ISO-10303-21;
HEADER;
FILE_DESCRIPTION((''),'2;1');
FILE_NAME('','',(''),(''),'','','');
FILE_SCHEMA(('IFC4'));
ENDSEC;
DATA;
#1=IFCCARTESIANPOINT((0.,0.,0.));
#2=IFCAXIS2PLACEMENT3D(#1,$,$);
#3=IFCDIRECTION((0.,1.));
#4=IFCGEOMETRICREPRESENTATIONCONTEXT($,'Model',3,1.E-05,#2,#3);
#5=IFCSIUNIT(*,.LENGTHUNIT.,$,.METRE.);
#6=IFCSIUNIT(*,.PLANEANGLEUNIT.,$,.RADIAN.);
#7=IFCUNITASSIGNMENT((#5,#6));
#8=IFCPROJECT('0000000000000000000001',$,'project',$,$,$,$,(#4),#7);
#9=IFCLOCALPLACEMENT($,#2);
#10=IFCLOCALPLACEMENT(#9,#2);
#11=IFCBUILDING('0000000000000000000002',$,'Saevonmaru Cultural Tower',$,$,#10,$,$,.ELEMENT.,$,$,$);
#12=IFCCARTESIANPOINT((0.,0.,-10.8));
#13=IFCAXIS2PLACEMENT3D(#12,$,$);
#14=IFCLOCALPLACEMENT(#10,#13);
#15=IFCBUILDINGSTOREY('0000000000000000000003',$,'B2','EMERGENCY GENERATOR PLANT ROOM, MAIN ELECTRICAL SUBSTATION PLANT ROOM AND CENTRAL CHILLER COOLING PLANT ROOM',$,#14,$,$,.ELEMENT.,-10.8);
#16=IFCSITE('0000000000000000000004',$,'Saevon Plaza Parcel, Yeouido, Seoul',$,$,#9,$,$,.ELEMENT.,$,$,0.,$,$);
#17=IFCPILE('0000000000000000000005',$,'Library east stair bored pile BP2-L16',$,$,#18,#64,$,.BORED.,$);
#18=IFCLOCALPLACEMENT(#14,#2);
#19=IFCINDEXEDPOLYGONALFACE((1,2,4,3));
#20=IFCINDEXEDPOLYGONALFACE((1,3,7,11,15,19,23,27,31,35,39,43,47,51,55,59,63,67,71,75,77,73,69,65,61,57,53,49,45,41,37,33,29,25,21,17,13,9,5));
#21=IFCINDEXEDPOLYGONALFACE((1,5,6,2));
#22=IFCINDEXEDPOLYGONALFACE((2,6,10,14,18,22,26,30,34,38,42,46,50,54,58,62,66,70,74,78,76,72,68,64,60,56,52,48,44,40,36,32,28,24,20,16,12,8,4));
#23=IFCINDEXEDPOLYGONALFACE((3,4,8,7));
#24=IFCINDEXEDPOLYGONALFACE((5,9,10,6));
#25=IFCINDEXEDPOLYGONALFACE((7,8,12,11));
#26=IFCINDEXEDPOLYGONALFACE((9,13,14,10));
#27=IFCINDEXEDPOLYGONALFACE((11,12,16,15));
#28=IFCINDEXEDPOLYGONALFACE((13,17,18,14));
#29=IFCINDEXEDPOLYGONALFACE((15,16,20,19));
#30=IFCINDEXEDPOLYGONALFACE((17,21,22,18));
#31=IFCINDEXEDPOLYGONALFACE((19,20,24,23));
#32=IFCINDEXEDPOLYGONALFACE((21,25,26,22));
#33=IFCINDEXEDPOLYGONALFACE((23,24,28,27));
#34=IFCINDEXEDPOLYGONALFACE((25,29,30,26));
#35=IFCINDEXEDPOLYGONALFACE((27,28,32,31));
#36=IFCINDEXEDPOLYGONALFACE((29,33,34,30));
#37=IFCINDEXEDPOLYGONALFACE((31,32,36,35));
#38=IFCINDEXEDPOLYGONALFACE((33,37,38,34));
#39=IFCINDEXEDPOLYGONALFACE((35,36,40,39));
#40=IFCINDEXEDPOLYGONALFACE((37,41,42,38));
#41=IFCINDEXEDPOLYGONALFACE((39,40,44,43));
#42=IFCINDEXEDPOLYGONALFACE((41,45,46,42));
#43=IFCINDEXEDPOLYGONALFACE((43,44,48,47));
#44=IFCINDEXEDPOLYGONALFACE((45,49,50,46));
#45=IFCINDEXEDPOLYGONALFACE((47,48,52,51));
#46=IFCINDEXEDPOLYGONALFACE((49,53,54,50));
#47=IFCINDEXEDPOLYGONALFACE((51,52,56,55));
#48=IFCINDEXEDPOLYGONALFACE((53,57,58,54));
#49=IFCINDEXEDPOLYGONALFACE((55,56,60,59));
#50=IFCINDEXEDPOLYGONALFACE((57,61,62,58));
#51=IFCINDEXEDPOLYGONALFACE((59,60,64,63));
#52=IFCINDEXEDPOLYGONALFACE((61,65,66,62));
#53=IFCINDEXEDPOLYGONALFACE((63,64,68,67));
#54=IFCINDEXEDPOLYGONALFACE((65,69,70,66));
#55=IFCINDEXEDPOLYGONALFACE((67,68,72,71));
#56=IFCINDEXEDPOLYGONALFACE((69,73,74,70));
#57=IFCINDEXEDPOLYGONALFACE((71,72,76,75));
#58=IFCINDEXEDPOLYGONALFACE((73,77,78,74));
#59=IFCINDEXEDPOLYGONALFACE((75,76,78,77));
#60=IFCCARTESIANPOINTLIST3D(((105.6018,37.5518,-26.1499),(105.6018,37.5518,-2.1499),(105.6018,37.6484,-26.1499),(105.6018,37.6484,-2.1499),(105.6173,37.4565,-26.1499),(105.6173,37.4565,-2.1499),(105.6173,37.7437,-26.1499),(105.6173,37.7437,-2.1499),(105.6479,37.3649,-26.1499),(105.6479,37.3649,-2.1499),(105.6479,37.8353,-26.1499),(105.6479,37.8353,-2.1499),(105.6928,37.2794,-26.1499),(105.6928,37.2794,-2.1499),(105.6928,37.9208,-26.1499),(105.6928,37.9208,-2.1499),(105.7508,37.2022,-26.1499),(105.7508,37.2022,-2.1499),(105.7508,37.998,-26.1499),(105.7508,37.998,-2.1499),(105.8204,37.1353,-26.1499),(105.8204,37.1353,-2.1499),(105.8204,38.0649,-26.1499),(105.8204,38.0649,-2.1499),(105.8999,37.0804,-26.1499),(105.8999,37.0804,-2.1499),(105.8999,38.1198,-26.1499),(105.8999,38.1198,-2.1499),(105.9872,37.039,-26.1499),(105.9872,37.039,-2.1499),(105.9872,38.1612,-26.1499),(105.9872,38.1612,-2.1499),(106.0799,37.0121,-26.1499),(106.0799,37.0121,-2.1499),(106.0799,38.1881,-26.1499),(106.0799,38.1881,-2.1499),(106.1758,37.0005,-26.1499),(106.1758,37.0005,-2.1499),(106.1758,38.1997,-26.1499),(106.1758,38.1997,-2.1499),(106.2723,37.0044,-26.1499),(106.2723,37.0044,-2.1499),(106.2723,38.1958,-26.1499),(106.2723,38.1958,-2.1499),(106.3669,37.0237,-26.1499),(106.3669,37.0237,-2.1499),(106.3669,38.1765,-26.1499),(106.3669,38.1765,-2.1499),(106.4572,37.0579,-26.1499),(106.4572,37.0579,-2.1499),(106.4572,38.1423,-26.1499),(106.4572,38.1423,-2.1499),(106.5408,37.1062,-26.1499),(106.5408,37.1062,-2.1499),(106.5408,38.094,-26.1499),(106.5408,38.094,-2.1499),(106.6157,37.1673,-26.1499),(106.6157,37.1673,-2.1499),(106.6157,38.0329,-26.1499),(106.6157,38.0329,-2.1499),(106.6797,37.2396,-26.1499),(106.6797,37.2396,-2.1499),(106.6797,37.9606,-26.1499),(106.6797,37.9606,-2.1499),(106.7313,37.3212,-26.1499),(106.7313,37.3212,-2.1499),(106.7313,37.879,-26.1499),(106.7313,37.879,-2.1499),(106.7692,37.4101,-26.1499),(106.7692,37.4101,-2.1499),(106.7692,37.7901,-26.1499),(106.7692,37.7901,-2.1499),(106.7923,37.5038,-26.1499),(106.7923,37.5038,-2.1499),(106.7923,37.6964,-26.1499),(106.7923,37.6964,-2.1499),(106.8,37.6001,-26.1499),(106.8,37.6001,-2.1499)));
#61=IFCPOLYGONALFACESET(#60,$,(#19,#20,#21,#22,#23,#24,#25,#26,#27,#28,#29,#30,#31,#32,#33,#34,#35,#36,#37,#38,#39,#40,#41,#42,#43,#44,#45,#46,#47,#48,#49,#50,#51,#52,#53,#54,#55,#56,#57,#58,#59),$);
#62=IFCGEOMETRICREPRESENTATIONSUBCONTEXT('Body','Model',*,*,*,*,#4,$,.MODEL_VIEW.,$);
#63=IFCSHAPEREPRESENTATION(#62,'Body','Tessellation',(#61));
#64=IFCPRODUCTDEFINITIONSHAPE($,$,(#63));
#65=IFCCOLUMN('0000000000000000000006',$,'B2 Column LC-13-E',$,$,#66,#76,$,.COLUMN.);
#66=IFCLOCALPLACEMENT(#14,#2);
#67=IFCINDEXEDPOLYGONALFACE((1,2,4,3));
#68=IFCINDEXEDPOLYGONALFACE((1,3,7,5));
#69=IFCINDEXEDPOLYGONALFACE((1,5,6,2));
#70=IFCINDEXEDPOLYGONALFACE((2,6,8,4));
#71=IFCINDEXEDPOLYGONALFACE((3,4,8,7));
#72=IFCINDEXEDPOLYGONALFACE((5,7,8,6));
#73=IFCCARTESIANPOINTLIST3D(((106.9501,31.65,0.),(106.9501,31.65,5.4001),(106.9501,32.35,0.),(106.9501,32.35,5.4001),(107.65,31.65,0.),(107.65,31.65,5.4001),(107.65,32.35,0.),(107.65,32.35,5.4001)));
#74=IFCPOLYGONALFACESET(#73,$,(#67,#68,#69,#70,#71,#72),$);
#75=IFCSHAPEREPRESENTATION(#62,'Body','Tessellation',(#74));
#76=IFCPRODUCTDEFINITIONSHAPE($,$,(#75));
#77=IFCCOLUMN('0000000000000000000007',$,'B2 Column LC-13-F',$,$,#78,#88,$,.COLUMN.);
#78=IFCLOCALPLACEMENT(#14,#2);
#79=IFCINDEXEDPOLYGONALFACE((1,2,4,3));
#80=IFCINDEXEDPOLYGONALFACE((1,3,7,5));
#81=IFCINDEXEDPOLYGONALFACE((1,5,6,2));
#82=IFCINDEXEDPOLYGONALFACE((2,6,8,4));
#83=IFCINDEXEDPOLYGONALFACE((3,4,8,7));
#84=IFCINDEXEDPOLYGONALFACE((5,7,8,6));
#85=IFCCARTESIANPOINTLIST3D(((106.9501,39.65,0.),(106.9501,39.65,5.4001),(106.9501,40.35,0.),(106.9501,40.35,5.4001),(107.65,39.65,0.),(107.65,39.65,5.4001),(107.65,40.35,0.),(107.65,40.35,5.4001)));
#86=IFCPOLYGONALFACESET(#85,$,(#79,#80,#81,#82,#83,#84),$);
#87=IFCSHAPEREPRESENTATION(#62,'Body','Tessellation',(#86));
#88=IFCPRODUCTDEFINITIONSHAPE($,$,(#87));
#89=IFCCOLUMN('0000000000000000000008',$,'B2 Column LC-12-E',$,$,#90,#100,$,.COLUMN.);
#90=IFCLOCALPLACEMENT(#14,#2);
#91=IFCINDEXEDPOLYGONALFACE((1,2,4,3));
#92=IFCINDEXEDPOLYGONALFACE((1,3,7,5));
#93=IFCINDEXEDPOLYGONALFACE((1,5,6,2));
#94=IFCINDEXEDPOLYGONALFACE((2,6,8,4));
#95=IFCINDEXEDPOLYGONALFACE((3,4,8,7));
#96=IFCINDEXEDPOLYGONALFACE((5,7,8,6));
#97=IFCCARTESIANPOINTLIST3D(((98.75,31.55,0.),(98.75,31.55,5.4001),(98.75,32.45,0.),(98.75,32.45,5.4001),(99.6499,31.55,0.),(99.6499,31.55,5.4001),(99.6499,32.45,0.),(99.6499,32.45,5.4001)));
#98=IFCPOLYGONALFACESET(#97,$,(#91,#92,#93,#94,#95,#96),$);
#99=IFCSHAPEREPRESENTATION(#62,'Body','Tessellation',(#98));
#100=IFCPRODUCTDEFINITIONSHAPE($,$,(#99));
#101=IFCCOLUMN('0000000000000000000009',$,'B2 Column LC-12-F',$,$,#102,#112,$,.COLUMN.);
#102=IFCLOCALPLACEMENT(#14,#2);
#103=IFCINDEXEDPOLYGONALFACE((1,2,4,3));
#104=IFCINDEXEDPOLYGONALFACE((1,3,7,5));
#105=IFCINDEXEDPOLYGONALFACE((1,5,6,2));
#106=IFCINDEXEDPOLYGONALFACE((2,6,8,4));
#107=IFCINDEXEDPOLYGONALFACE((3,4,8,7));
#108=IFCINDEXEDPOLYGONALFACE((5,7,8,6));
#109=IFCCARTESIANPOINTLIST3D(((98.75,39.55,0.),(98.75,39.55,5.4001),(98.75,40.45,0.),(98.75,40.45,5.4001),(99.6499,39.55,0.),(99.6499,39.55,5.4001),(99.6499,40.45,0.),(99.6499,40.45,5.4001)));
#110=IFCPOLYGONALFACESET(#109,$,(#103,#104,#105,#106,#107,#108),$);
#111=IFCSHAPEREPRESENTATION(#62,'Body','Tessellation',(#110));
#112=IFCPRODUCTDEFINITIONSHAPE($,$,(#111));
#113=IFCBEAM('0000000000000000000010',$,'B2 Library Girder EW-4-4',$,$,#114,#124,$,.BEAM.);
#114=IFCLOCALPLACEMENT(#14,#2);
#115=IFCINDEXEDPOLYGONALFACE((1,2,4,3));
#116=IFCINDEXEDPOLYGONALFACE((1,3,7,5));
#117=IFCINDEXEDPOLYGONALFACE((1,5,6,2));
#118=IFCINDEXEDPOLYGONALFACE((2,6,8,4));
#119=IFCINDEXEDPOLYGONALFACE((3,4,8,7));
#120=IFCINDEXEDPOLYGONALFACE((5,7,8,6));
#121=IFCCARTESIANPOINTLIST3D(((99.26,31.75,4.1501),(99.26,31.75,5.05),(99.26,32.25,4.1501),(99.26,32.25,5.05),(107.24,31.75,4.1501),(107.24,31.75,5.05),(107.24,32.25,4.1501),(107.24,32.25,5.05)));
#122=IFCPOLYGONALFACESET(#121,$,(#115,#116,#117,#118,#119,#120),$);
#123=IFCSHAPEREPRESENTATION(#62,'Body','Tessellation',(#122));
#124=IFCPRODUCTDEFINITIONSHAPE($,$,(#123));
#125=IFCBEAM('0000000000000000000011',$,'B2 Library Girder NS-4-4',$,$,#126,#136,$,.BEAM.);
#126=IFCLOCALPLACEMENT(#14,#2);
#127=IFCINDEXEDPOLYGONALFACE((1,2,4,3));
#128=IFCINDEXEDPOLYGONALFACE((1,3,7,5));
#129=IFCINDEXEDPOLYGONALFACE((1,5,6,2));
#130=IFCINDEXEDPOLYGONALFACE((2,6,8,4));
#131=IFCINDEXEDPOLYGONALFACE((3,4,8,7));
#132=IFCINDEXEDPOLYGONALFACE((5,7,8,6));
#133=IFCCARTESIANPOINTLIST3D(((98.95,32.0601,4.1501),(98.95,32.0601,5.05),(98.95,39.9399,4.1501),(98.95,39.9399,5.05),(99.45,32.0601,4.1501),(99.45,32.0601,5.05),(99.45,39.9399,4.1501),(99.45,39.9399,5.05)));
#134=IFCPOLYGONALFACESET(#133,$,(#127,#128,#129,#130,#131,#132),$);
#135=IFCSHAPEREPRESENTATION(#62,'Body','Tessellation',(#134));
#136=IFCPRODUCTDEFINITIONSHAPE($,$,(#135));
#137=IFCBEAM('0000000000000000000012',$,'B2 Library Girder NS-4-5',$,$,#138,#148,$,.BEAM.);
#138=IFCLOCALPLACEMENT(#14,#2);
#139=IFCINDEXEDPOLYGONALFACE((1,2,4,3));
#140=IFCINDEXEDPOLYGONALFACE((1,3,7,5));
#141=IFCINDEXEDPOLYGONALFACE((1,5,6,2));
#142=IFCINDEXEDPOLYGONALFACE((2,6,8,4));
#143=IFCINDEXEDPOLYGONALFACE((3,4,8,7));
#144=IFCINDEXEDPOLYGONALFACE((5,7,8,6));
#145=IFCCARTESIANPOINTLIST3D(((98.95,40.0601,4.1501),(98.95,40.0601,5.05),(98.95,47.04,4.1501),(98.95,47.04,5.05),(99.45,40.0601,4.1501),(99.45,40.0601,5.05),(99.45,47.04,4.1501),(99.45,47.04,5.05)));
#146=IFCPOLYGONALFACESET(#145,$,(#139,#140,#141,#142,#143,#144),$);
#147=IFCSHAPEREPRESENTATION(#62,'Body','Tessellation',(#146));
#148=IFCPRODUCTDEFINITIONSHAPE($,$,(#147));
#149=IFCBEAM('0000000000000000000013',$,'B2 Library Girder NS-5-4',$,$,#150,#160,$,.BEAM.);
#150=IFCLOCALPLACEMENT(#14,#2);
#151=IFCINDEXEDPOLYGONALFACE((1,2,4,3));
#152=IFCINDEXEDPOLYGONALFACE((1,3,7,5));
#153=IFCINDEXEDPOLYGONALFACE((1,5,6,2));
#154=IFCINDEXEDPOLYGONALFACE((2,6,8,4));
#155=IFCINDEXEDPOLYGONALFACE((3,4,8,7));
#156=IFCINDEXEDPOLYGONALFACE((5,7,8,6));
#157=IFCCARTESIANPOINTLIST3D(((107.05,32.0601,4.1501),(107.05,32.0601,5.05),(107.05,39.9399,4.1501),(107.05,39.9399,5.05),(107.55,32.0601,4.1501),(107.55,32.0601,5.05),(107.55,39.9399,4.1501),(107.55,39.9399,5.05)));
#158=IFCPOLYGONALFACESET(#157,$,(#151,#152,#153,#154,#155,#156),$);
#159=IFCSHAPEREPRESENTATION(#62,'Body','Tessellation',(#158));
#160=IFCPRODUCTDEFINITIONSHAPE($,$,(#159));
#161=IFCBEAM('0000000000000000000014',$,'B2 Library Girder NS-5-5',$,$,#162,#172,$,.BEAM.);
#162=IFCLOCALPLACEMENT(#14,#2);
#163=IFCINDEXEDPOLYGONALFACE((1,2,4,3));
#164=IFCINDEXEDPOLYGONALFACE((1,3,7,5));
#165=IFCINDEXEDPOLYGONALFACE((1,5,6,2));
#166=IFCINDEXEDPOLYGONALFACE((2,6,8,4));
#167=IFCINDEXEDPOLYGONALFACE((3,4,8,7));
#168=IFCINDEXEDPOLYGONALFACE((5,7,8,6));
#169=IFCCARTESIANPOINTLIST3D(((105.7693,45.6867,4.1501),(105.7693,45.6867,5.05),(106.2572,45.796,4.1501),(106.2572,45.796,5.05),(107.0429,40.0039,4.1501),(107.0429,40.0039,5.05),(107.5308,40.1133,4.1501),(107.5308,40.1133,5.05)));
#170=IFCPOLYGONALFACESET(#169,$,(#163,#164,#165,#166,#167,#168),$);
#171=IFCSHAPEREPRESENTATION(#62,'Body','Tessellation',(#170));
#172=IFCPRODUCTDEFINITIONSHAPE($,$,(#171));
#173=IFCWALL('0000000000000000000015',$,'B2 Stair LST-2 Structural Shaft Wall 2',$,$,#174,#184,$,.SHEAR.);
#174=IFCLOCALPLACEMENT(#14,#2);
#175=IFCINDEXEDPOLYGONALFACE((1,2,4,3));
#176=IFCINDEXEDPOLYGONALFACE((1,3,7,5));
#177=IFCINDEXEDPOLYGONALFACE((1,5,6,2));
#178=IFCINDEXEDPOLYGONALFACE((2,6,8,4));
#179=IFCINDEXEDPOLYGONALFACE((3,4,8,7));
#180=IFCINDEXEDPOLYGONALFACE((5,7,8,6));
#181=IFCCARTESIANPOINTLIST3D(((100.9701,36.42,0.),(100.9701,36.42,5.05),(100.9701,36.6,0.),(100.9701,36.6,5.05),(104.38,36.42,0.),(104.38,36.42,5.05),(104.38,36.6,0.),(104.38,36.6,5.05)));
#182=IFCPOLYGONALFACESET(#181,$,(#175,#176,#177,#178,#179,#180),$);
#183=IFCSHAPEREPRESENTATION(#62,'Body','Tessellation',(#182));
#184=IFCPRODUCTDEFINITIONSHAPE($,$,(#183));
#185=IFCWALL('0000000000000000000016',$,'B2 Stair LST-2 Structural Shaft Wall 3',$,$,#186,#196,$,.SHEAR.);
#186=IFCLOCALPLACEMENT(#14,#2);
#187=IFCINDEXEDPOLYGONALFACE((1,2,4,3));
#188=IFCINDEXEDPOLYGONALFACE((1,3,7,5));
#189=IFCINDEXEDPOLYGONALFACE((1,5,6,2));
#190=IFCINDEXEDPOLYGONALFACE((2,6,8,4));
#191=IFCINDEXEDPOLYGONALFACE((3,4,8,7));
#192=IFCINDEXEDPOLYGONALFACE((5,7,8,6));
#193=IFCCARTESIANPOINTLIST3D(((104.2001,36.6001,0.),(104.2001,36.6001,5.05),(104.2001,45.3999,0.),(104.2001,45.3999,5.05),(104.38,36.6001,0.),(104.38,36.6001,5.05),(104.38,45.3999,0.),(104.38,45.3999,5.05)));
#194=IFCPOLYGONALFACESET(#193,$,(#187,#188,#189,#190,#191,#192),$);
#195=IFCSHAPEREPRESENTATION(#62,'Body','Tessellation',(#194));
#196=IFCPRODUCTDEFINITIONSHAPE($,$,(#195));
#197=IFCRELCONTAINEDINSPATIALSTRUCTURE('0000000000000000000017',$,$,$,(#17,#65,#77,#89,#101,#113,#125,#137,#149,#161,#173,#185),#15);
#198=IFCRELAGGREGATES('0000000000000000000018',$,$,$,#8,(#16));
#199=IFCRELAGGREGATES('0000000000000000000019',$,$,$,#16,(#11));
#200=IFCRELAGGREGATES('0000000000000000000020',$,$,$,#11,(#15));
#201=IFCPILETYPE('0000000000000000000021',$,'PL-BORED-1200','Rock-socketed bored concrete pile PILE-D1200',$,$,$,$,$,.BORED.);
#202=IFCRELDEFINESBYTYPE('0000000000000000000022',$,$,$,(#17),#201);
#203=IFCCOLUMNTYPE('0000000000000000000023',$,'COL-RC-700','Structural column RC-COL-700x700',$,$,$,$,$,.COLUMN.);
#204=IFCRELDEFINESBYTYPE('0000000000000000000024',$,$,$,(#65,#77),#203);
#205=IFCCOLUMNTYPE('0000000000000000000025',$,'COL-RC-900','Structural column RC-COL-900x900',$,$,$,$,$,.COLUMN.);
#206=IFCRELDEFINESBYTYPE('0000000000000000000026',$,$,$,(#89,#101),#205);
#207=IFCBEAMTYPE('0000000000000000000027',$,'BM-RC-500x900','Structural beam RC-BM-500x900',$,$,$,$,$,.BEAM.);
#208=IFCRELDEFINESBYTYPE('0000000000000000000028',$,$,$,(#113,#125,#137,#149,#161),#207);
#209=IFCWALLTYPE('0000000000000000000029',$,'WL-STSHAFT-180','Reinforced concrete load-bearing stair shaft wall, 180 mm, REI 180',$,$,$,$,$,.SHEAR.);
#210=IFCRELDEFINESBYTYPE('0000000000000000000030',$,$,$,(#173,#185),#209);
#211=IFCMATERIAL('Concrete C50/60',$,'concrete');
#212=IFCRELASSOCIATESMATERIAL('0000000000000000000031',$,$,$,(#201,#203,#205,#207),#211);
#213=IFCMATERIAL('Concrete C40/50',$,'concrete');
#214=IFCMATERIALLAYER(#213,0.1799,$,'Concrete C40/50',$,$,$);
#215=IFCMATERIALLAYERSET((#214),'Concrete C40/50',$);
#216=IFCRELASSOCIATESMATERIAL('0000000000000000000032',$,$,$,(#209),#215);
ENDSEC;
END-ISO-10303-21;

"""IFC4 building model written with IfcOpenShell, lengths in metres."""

from ifc_helpers import new_model, si_unit, direction, frame, frame_2d, origin, origin_2d, place, context, subcontext, project, spatial, rectangle, circle, extrude, material, layer, layer_set, material_profile, profile_set, type_object, element, save


model = new_model("IFC4")

# Units and contexts
model_context = context("Model", 3, precision=1e-05, world=origin(), true_north=direction((0.0, 1.0)))
body_context = subcontext(model_context, "Body", "Model", "MODEL_VIEW")
ifc_project = project(units=[si_unit("LENGTHUNIT", "METRE"), si_unit("PLANEANGLEUNIT", "RADIAN")], contexts=[model_context])

# Site, building, storey
site_placement = place(None, origin())
site = spatial("IfcSite", under=ifc_project, at=site_placement, Name="Saevon Plaza Parcel, Yeouido, Seoul", CompositionType="ELEMENT", RefElevation=0.0)
building_placement = place(site_placement, origin())
building = spatial("IfcBuilding", under=site, at=building_placement, Name="Saevonmaru Cultural Tower", CompositionType="ELEMENT")
storey_placement = place(building_placement, frame((0.0, 0.0, -10.8)))
storey = spatial("IfcBuildingStorey", under=building, at=storey_placement, Name="B2", Description="EMERGENCY GENERATOR PLANT ROOM, MAIN ELECTRICAL SUBSTATION PLANT ROOM AND CENTRAL CHILLER COOLING PLANT ROOM", CompositionType="ELEMENT", Elevation=-10.8)

# Shared definitions
ifc_material_1 = material(Name="Concrete C50/60", Category="concrete")

# Pile
ifc_material_2 = material(Name="Concrete C40/50", Category="concrete")
ifc_material_profile_1 = material_profile(ifc_material_1, circle(Radius=0.6001, at=origin_2d()), Name="PILE-D1200")
ifc_profile_set_1 = profile_set([ifc_material_profile_1], Name="Concrete C50/60")
pile_type_1 = type_object("IfcPileType", Name="PL-BORED-1200", Description="Rock-socketed bored concrete pile PILE-D1200", PredefinedType="BORED", material=ifc_profile_set_1)
for number, where, z_axis, x_axis, name in (
    (1, (106.2, 37.6001, -2.1499), (0.0, 0.0, -1.0), (1.0, 0.0, 0.0), "Library east stair bored pile BP2-L16"),
):
    element("IfcPile", number, at=place(storey_placement, frame(where, z_axis=z_axis, x_axis=x_axis)), inside=storey, type_object=pile_type_1, Name=name, PredefinedType="BORED", context=body_context, shape_type="SweptSolid", body=[
        extrude(circle(Radius=0.6001, at=origin_2d()), origin(), (0.0, 0.0, 1.0), 24.0),
    ])

# Columns
ifc_material_profile_2 = material_profile(ifc_material_1, rectangle(XDim=0.7, YDim=0.7, at=origin_2d()), Name="RC-COL-700x700")
ifc_profile_set_2 = profile_set([ifc_material_profile_2], Name="Concrete C50/60")
column_type_1 = type_object("IfcColumnType", Name="COL-RC-700", Description="Structural column RC-COL-700x700", PredefinedType="COLUMN", material=ifc_profile_set_2)
for number, where, z_axis, x_axis, name in (
    (2, (107.3, 32.0, 0.0), (0.0, 0.0, 1.0), (1.0, 0.0, 0.0), "B2 Column LC-13-E"),
    (3, (107.3, 40.0, 0.0), (0.0, 0.0, 1.0), (1.0, 0.0, 0.0), "B2 Column LC-13-F"),
):
    element("IfcColumn", number, at=place(storey_placement, frame(where, z_axis=z_axis, x_axis=x_axis)), inside=storey, type_object=column_type_1, Name=name, PredefinedType="COLUMN", context=body_context, shape_type="SweptSolid", body=[
        extrude(rectangle(XDim=0.7, YDim=0.7, at=origin_2d()), origin(), (0.0, 0.0, 1.0), 5.4001),
    ])
ifc_material_profile_3 = material_profile(ifc_material_1, rectangle(XDim=0.8999, YDim=0.8999, at=origin_2d()), Name="RC-COL-900x900")
ifc_profile_set_3 = profile_set([ifc_material_profile_3], Name="Concrete C50/60")
column_type_2 = type_object("IfcColumnType", Name="COL-RC-900", Description="Structural column RC-COL-900x900", PredefinedType="COLUMN", material=ifc_profile_set_3)
for number, where, z_axis, x_axis, name in (
    (4, (99.2, 32.0, 0.0), (0.0, 0.0, 1.0), (1.0, 0.0, 0.0), "B2 Column LC-12-E"),
    (5, (99.2, 40.0, 0.0), (0.0, 0.0, 1.0), (1.0, 0.0, 0.0), "B2 Column LC-12-F"),
):
    element("IfcColumn", number, at=place(storey_placement, frame(where, z_axis=z_axis, x_axis=x_axis)), inside=storey, type_object=column_type_2, Name=name, PredefinedType="COLUMN", context=body_context, shape_type="SweptSolid", body=[
        extrude(rectangle(XDim=0.8999, YDim=0.8999, at=origin_2d()), origin(), (0.0, 0.0, 1.0), 5.4001),
    ])

# Beams
ifc_material_profile_4 = material_profile(ifc_material_1, rectangle(XDim=0.5, YDim=0.8999, at=origin_2d()), Name="RC-BM-500x900")
ifc_profile_set_4 = profile_set([ifc_material_profile_4], Name="Concrete C50/60")
beam_type = type_object("IfcBeamType", Name="BM-RC-500x900", Description="Structural beam RC-BM-500x900", PredefinedType="BEAM", material=ifc_profile_set_4)
beam_1_placement = place(storey_placement, frame((99.26, 32.0, 4.6001), z_axis=(1.0, 0.0, 0.0), x_axis=(0.0, 1.0, 0.0)))
element("IfcBeam", 6, at=beam_1_placement, inside=storey, type_object=beam_type, Name="B2 Library Girder EW-4-4", PredefinedType="BEAM", context=body_context, shape_type="SweptSolid", body=[
    extrude(rectangle(XDim=0.5, YDim=0.8999, at=origin_2d()), origin(), (0.0, 0.0, 1.0), 7.98),
])
beam_2_placement = place(storey_placement, frame((99.2, 32.0601, 4.6001), z_axis=(0.0, 1.0, 0.0), x_axis=(-1.0, 0.0, 0.0)))
element("IfcBeam", 7, at=beam_2_placement, inside=storey, type_object=beam_type, Name="B2 Library Girder NS-4-4", PredefinedType="BEAM", context=body_context, shape_type="SweptSolid", body=[
    extrude(rectangle(XDim=0.5, YDim=0.8999, at=origin_2d()), origin(), (0.0, 0.0, 1.0), 7.8799),
])
beam_3_placement = place(storey_placement, frame((99.2, 40.0601, 4.6001), z_axis=(0.0, 1.0, 0.0), x_axis=(-1.0, 0.0, 0.0)))
element("IfcBeam", 8, at=beam_3_placement, inside=storey, type_object=beam_type, Name="B2 Library Girder NS-4-5", PredefinedType="BEAM", context=body_context, shape_type="SweptSolid", body=[
    extrude(rectangle(XDim=0.5, YDim=0.8999, at=origin_2d()), origin(), (0.0, 0.0, 1.0), 6.98),
])
beam_4_placement = place(storey_placement, frame((107.3, 32.0601, 4.6001), z_axis=(0.0, 1.0, 0.0), x_axis=(-1.0, 0.0, 0.0)))
element("IfcBeam", 9, at=beam_4_placement, inside=storey, type_object=beam_type, Name="B2 Library Girder NS-5-4", PredefinedType="BEAM", context=body_context, shape_type="SweptSolid", body=[
    extrude(rectangle(XDim=0.5, YDim=0.8999, at=origin_2d()), origin(), (0.0, 0.0, 1.0), 7.8799),
])
beam_5_placement = place(storey_placement, frame((107.2869, 40.0586, 4.6001), z_axis=(-0.218701, 0.975792, 0.0), x_axis=(-0.975792, -0.218701, 0.0)))
element("IfcBeam", 10, at=beam_5_placement, inside=storey, type_object=beam_type, Name="B2 Library Girder NS-5-5", PredefinedType="BEAM", context=body_context, shape_type="SweptSolid", body=[
    extrude(rectangle(XDim=0.5, YDim=0.8999, at=origin_2d()), origin(), (0.0, 0.0, 1.0), 5.8237),
])

# Walls
ifc_layer_1 = layer(ifc_material_2, 0.1799, Name="Concrete C40/50")
ifc_layer_set_1 = layer_set([ifc_layer_1], Name="Concrete C40/50")
wall_type = type_object("IfcWallType", Name="WL-STSHAFT-180", Description="Reinforced concrete load-bearing stair shaft wall, 180 mm, REI 180", PredefinedType="SHEAR", material=ifc_layer_set_1)
wall_1_placement = place(storey_placement, frame((100.97, 36.51, 0.0), z_axis=(0.0, 0.0, 1.0), x_axis=(1.0, 0.0, 0.0)))
element("IfcWall", 11, at=wall_1_placement, inside=storey, type_object=wall_type, Name="B2 Stair LST-2 Structural Shaft Wall 2", PredefinedType="SHEAR", context=body_context, shape_type="SweptSolid", body=[
    extrude(rectangle(XDim=3.4099, YDim=0.1799, at=frame_2d((1.7051, 0.0))), origin(), (0.0, 0.0, 1.0), 5.05),
])
wall_2_placement = place(storey_placement, frame((104.29, 36.6001, 0.0), z_axis=(0.0, 0.0, 1.0), x_axis=(0.0, 1.0, 0.0)))
element("IfcWall", 12, at=wall_2_placement, inside=storey, type_object=wall_type, Name="B2 Stair LST-2 Structural Shaft Wall 3", PredefinedType="SHEAR", context=body_context, shape_type="SweptSolid", body=[
    extrude(rectangle(XDim=8.7998, YDim=0.1799, at=frame_2d((4.3999, 0.0))), origin(), (0.0, 0.0, 1.0), 5.05),
])

save(model, "model.ifc")
